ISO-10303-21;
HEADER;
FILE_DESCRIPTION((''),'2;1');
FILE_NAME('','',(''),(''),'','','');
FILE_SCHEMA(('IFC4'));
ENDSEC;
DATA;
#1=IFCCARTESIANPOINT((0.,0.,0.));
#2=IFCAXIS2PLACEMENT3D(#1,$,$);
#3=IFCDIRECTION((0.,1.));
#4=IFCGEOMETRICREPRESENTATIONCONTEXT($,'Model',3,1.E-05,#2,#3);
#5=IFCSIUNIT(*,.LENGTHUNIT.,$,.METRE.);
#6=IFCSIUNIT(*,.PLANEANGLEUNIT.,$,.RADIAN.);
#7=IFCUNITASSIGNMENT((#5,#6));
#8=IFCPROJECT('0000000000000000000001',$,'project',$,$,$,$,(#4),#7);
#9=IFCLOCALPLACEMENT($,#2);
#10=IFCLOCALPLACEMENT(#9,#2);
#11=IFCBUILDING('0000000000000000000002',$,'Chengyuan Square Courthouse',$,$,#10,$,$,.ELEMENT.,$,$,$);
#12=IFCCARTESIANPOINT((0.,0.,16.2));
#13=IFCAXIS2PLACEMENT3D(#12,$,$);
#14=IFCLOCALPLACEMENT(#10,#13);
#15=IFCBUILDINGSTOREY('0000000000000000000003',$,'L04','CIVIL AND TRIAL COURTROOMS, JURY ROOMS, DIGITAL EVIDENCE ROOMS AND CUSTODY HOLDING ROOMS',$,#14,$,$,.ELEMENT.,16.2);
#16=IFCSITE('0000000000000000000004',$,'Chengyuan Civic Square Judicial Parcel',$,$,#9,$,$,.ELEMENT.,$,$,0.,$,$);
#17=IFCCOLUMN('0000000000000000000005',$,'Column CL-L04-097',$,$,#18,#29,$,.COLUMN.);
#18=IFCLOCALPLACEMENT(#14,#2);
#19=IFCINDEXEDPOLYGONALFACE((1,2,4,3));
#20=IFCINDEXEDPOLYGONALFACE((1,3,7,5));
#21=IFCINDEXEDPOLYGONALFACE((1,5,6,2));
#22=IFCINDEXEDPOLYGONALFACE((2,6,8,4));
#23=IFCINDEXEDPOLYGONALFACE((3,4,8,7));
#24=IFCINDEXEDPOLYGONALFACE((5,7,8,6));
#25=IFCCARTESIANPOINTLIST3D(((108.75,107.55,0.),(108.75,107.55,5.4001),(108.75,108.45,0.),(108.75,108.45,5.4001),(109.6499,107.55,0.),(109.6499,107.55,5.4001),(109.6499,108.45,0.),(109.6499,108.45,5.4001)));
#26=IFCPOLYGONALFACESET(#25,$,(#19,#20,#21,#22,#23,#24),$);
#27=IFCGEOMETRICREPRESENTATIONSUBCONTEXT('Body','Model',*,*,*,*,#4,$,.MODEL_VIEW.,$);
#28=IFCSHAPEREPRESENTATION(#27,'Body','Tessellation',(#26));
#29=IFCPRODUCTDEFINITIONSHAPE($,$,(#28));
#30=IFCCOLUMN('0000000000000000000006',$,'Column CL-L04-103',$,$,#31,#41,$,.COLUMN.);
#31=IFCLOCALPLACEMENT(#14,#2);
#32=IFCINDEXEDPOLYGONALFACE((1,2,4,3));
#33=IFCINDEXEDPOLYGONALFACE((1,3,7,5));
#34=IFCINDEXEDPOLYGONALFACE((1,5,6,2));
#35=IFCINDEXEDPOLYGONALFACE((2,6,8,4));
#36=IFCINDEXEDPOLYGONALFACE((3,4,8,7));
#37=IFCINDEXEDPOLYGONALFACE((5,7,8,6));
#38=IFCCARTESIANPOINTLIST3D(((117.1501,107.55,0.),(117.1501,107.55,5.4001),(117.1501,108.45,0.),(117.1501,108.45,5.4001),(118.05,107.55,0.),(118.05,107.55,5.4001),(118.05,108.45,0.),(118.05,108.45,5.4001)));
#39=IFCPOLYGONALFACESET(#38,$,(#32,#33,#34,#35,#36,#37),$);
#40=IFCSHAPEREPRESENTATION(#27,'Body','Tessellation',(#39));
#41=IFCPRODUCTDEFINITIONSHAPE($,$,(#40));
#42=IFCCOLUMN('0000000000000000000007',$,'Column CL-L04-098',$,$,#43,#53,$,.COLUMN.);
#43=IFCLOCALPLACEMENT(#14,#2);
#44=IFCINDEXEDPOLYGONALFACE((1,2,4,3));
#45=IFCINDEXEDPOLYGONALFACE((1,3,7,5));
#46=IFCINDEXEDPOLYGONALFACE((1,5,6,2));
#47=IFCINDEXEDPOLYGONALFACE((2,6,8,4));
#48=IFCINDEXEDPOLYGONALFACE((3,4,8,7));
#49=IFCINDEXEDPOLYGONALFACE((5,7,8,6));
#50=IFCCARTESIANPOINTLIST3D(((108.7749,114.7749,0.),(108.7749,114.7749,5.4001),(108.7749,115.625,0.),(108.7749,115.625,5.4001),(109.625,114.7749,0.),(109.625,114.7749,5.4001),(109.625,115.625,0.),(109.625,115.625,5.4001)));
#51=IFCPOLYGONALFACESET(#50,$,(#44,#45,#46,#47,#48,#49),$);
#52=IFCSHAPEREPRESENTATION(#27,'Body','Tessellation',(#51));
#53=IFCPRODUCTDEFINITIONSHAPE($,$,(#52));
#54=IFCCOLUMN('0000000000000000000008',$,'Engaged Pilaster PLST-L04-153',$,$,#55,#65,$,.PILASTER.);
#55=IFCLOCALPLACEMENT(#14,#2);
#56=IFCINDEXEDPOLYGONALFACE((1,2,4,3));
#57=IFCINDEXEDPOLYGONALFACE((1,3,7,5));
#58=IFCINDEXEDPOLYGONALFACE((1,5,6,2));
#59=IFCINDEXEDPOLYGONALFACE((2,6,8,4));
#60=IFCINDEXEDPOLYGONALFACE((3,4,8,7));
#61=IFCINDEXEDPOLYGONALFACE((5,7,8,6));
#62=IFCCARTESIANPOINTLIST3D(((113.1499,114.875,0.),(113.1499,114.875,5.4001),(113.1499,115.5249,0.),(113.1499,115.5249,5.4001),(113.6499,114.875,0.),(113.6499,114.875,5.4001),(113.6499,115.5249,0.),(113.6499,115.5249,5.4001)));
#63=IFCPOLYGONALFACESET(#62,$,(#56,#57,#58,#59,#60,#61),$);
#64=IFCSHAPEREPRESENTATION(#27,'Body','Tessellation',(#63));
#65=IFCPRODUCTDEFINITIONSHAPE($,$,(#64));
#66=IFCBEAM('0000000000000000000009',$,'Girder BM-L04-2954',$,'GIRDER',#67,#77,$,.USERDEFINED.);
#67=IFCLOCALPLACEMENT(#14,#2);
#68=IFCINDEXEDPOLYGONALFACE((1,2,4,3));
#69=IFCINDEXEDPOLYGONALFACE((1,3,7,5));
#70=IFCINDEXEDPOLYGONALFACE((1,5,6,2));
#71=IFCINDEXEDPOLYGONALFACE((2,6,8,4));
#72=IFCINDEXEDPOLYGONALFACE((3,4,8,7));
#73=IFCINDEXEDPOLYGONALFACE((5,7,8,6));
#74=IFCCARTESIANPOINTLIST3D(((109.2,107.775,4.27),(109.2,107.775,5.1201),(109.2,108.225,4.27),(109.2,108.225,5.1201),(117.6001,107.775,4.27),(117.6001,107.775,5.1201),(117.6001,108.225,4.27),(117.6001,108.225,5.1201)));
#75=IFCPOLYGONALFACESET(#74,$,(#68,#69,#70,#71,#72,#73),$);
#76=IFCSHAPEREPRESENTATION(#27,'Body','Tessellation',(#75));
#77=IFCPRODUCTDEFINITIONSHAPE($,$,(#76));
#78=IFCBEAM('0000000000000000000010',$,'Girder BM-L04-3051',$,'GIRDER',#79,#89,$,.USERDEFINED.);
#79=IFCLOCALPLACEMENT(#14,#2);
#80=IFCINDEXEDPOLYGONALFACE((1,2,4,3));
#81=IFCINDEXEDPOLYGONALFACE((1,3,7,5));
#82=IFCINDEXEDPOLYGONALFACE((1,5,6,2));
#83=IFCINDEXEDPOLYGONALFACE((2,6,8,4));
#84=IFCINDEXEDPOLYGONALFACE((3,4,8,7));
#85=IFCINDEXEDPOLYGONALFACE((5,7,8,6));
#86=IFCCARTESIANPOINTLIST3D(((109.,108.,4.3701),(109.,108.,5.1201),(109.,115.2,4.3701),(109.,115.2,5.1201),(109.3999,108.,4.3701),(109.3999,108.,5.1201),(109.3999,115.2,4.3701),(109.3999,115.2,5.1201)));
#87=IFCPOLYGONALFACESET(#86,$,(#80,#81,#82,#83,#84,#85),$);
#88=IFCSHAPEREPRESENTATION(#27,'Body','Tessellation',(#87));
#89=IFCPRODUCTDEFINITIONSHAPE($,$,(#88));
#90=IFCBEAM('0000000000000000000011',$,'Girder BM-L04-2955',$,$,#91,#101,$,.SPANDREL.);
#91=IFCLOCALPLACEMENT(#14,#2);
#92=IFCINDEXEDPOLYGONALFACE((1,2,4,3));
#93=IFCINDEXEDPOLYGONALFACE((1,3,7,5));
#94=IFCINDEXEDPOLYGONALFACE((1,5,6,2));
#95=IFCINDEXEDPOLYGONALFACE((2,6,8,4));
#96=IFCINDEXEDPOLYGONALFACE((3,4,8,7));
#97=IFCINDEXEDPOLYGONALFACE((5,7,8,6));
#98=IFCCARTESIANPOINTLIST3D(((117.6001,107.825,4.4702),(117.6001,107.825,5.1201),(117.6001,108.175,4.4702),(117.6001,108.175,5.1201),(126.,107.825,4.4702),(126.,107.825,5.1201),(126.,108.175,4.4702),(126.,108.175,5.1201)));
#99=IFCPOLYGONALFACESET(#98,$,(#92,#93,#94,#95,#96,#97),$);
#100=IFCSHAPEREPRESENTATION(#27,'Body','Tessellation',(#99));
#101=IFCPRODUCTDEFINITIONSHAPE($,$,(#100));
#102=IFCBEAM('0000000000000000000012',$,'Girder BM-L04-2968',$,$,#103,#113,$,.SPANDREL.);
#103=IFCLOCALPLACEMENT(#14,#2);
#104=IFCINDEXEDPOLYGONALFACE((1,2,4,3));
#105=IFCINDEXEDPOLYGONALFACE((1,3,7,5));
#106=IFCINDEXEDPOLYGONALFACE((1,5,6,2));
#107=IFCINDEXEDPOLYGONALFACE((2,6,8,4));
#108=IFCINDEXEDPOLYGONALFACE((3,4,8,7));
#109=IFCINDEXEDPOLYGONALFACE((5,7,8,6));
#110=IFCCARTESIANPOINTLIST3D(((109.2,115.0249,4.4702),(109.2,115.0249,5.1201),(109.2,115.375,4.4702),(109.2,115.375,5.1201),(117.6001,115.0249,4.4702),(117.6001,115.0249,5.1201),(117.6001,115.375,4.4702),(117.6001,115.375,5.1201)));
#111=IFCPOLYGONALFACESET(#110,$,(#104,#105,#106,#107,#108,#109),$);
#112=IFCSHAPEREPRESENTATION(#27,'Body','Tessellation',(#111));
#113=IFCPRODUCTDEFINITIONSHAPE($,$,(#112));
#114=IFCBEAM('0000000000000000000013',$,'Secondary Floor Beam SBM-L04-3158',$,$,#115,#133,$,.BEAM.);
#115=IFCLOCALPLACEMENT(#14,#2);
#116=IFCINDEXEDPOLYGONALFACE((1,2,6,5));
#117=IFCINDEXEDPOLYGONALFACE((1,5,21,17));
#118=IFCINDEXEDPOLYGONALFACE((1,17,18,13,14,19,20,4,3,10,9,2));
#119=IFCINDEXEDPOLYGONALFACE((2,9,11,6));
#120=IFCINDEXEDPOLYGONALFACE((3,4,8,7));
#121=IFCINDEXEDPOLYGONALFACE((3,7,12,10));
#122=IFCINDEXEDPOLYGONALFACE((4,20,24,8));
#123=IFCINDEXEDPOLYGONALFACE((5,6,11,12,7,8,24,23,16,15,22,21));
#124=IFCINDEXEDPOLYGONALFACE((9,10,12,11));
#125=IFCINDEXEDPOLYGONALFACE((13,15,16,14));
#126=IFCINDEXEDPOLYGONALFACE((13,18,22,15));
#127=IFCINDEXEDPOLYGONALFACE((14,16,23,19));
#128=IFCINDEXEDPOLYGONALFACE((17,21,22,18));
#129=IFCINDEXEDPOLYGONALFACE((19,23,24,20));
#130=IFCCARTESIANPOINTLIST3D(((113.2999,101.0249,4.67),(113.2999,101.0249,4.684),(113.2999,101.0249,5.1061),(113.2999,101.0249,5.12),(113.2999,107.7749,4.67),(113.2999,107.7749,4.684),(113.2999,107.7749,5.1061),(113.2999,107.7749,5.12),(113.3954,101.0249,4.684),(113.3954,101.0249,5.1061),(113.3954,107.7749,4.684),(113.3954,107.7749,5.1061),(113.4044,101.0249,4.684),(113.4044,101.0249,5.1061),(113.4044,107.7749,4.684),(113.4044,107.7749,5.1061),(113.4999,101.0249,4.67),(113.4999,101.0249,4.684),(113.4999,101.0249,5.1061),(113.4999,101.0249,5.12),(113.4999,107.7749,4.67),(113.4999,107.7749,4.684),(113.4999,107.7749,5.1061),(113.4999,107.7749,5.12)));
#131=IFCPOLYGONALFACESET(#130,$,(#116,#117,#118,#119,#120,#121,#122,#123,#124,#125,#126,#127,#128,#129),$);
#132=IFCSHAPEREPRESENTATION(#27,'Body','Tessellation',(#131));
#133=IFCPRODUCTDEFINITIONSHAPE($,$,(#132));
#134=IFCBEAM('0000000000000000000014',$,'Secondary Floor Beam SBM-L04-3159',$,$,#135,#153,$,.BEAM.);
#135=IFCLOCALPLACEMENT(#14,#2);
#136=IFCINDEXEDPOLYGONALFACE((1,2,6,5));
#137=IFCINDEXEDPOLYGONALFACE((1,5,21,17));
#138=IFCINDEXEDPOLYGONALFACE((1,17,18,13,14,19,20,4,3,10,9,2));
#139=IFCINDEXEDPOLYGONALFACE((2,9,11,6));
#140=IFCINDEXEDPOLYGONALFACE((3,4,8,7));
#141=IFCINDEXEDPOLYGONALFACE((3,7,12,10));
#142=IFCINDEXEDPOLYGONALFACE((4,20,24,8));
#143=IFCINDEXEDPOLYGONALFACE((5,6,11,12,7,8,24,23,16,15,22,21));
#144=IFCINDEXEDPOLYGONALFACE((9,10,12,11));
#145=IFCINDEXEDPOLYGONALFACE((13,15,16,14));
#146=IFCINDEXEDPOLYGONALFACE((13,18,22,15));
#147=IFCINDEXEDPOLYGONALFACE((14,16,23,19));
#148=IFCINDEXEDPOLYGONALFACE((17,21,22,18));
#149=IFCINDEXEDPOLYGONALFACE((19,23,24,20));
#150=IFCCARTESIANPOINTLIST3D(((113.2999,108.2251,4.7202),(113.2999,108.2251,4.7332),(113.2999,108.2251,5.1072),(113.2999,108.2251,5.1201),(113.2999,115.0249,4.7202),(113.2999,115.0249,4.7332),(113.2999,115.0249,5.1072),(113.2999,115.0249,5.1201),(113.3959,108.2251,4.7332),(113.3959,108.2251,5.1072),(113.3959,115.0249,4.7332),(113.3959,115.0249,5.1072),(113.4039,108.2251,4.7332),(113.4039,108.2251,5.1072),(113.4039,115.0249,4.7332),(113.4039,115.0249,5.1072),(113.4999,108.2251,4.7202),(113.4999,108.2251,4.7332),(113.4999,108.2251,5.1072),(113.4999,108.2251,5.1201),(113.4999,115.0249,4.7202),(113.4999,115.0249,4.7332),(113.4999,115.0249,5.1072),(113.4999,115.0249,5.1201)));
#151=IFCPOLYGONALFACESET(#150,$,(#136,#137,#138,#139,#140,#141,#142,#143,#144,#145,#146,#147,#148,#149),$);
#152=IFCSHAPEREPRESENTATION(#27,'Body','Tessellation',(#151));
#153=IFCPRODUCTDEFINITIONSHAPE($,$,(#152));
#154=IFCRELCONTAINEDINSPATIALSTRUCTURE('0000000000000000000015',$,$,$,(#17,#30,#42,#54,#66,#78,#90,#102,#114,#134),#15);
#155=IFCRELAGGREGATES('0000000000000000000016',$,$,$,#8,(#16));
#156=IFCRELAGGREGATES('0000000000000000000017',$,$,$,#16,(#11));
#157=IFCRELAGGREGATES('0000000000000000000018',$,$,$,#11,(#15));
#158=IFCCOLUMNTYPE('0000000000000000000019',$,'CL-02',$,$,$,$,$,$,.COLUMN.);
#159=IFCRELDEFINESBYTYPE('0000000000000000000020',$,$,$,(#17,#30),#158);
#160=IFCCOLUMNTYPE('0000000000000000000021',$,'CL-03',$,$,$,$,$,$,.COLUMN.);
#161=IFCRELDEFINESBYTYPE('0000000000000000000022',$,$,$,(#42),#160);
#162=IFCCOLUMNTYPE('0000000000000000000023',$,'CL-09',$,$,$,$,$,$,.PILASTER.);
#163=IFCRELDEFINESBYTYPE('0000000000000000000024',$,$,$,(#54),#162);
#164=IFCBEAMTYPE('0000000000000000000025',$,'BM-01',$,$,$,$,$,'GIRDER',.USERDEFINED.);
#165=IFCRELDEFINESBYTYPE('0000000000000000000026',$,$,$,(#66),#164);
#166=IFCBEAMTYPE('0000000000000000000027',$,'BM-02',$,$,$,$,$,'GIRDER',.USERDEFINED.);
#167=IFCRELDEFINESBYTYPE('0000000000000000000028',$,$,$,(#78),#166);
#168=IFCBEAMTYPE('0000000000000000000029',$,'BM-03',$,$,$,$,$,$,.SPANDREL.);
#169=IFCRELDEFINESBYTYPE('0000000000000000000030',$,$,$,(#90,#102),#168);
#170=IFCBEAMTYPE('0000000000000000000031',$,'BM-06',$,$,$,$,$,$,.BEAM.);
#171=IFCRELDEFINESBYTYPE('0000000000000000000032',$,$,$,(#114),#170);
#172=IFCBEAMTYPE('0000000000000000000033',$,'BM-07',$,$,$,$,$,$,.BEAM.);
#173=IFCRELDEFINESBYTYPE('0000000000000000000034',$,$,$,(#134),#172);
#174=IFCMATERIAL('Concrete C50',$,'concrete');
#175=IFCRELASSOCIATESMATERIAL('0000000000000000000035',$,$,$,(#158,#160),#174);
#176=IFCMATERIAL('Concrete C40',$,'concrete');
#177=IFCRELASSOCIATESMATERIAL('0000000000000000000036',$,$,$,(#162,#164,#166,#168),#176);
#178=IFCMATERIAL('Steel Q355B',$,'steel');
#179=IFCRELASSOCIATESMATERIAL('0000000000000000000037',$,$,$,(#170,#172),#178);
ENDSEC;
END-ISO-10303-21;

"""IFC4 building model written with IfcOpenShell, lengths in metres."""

from ifc_helpers import new_model, si_unit, direction, frame, origin, origin_2d, place, context, subcontext, project, spatial, rectangle, i_section, extrude, material, material_profile, profile_set, type_object, element, save


model = new_model("IFC4")

# Units and contexts
model_context = context("Model", 3, precision=1e-05, world=origin(), true_north=direction((0.0, 1.0)))
body_context = subcontext(model_context, "Body", "Model", "MODEL_VIEW")
ifc_project = project(units=[si_unit("LENGTHUNIT", "METRE"), si_unit("PLANEANGLEUNIT", "RADIAN")], contexts=[model_context])

# Site, building, storey
site_placement = place(None, origin())
site = spatial("IfcSite", under=ifc_project, at=site_placement, Name="Chengyuan Civic Square Judicial Parcel", CompositionType="ELEMENT", RefElevation=0.0)
building_placement = place(site_placement, origin())
building = spatial("IfcBuilding", under=site, at=building_placement, Name="Chengyuan Square Courthouse", CompositionType="ELEMENT")
storey_placement = place(building_placement, frame((0.0, 0.0, 16.2)))
storey = spatial("IfcBuildingStorey", under=building, at=storey_placement, Name="L04", Description="CIVIL AND TRIAL COURTROOMS, JURY ROOMS, DIGITAL EVIDENCE ROOMS AND CUSTODY HOLDING ROOMS", CompositionType="ELEMENT", Elevation=16.2)

# Columns
ifc_material_1 = material(Name="Concrete C50", Category="concrete")
ifc_material_profile_1 = material_profile(ifc_material_1, rectangle(XDim=0.8999, YDim=0.8999, at=origin_2d()), Name="RC-COL-900x900")
ifc_profile_set_1 = profile_set([ifc_material_profile_1], Name="Concrete C50")
column_type_1 = type_object("IfcColumnType", Name="CL-02", PredefinedType="COLUMN", material=ifc_profile_set_1)
for number, where, z_axis, x_axis, name in (
    (1, (109.2, 108.0, 0.0), (0.0, 0.0, 1.0), (1.0, 0.0, 0.0), "Column CL-L04-097"),
    (2, (117.6001, 108.0, 0.0), (0.0, 0.0, 1.0), (1.0, 0.0, 0.0), "Column CL-L04-103"),
):
    element("IfcColumn", number, at=place(storey_placement, frame(where, z_axis=z_axis, x_axis=x_axis)), inside=storey, type_object=column_type_1, Name=name, PredefinedType="COLUMN", context=body_context, shape_type="SweptSolid", body=[
        extrude(rectangle(XDim=0.8999, YDim=0.8999, at=origin_2d()), origin(), (0.0, 0.0, 1.0), 5.4001),
    ])
ifc_material_profile_2 = material_profile(ifc_material_1, rectangle(XDim=0.8501, YDim=0.8501, at=origin_2d()), Name="RC-COL-850x850")
ifc_profile_set_2 = profile_set([ifc_material_profile_2], Name="Concrete C50")
column_type_2 = type_object("IfcColumnType", Name="CL-03", PredefinedType="COLUMN", material=ifc_profile_set_2)
column_1_placement = place(storey_placement, frame((109.2, 115.2, 0.0), z_axis=(0.0, 0.0, 1.0), x_axis=(1.0, 0.0, 0.0)))
element("IfcColumn", 3, at=column_1_placement, inside=storey, type_object=column_type_2, Name="Column CL-L04-098", PredefinedType="COLUMN", context=body_context, shape_type="SweptSolid", body=[
    extrude(rectangle(XDim=0.8501, YDim=0.8501, at=origin_2d()), origin(), (0.0, 0.0, 1.0), 5.4001),
])
ifc_material_2 = material(Name="Concrete C40", Category="concrete")
ifc_material_profile_3 = material_profile(ifc_material_2, rectangle(XDim=0.5, YDim=0.6499, at=origin_2d()), Name="RC-PIL-500x650")
ifc_profile_set_3 = profile_set([ifc_material_profile_3], Name="Concrete C40")
column_type_3 = type_object("IfcColumnType", Name="CL-09", PredefinedType="PILASTER", material=ifc_profile_set_3)
column_2_placement = place(storey_placement, frame((113.3999, 115.2, 0.0), z_axis=(0.0, 0.0, 1.0), x_axis=(1.0, 0.0, 0.0)))
element("IfcColumn", 4, at=column_2_placement, inside=storey, type_object=column_type_3, Name="Engaged Pilaster PLST-L04-153", PredefinedType="PILASTER", context=body_context, shape_type="SweptSolid", body=[
    extrude(rectangle(XDim=0.5, YDim=0.6499, at=origin_2d()), origin(), (0.0, 0.0, 1.0), 5.4001),
])

# Beams
ifc_material_profile_4 = material_profile(ifc_material_2, rectangle(XDim=0.45, YDim=0.8501, at=origin_2d()), Name="RC-BM-450x850")
ifc_profile_set_4 = profile_set([ifc_material_profile_4], Name="Concrete C40")
beam_type_1 = type_object("IfcBeamType", Name="BM-01", ElementType="GIRDER", PredefinedType="USERDEFINED", material=ifc_profile_set_4)
beam_1_placement = place(storey_placement, frame((109.2, 108.0, 4.6951), z_axis=(1.0, 0.0, 0.0), x_axis=(0.0, 1.0, 0.0)))
element("IfcBeam", 5, at=beam_1_placement, inside=storey, type_object=beam_type_1, Name="Girder BM-L04-2954", ObjectType="GIRDER", PredefinedType="USERDEFINED", context=body_context, shape_type="SweptSolid", body=[
    extrude(rectangle(XDim=0.45, YDim=0.8501, at=origin_2d()), origin(), (0.0, 0.0, 1.0), 8.4001),
])
ifc_material_profile_5 = material_profile(ifc_material_2, rectangle(XDim=0.3999, YDim=0.75, at=origin_2d()), Name="RC-BM-400x750")
ifc_profile_set_5 = profile_set([ifc_material_profile_5], Name="Concrete C40")
beam_type_2 = type_object("IfcBeamType", Name="BM-02", ElementType="GIRDER", PredefinedType="USERDEFINED", material=ifc_profile_set_5)
beam_2_placement = place(storey_placement, frame((109.2, 108.0, 4.7451), z_axis=(0.0, 1.0, 0.0), x_axis=(-1.0, 0.0, 0.0)))
element("IfcBeam", 6, at=beam_2_placement, inside=storey, type_object=beam_type_2, Name="Girder BM-L04-3051", ObjectType="GIRDER", PredefinedType="USERDEFINED", context=body_context, shape_type="SweptSolid", body=[
    extrude(rectangle(XDim=0.3999, YDim=0.75, at=origin_2d()), origin(), (0.0, 0.0, 1.0), 7.2),
])
ifc_material_profile_6 = material_profile(ifc_material_2, rectangle(XDim=0.3501, YDim=0.6499, at=origin_2d()), Name="RC-BM-350x650")
ifc_profile_set_6 = profile_set([ifc_material_profile_6], Name="Concrete C40")
beam_type_3 = type_object("IfcBeamType", Name="BM-03", PredefinedType="SPANDREL", material=ifc_profile_set_6)
beam_3_placement = place(storey_placement, frame((117.6001, 108.0, 4.7952), z_axis=(1.0, 0.0, 0.0), x_axis=(0.0, 1.0, 0.0)))
element("IfcBeam", 7, at=beam_3_placement, inside=storey, type_object=beam_type_3, Name="Girder BM-L04-2955", PredefinedType="SPANDREL", context=body_context, shape_type="SweptSolid", body=[
    extrude(rectangle(XDim=0.3501, YDim=0.6499, at=origin_2d()), origin(), (0.0, 0.0, 1.0), 8.3999),
])
beam_4_placement = place(storey_placement, frame((109.2, 115.2, 4.7952), z_axis=(1.0, 0.0, 0.0), x_axis=(0.0, 1.0, 0.0)))
element("IfcBeam", 8, at=beam_4_placement, inside=storey, type_object=beam_type_3, Name="Girder BM-L04-2968", PredefinedType="SPANDREL", context=body_context, shape_type="SweptSolid", body=[
    extrude(rectangle(XDim=0.3501, YDim=0.6499, at=origin_2d()), origin(), (0.0, 0.0, 1.0), 8.4001),
])
ifc_material_3 = material(Name="Steel Q355B", Category="steel")
ifc_material_profile_7 = material_profile(ifc_material_3, i_section(OverallWidth=0.2, OverallDepth=0.45, WebThickness=0.009, FlangeThickness=0.0139, at=origin_2d()), Name="HN 450x200x9x14")
ifc_profile_set_7 = profile_set([ifc_material_profile_7], Name="Steel Q355B")
beam_type_4 = type_object("IfcBeamType", Name="BM-06", PredefinedType="BEAM", material=ifc_profile_set_7)
beam_5_placement = place(storey_placement, frame((113.3999, 101.0249, 4.895), z_axis=(0.0, 1.0, 0.0), x_axis=(-1.0, 0.0, 0.0)))
element("IfcBeam", 9, at=beam_5_placement, inside=storey, type_object=beam_type_4, Name="Secondary Floor Beam SBM-L04-3158", PredefinedType="BEAM", context=body_context, shape_type="SweptSolid", body=[
    extrude(i_section(OverallWidth=0.2, OverallDepth=0.45, WebThickness=0.009, FlangeThickness=0.0139, at=origin_2d()), origin(), (0.0, 0.0, 1.0), 6.75),
])
ifc_material_profile_8 = material_profile(ifc_material_3, i_section(OverallWidth=0.2, OverallDepth=0.3999, WebThickness=0.0081, FlangeThickness=0.0129, at=origin_2d()), Name="HN 400x200x8x13")
ifc_profile_set_8 = profile_set([ifc_material_profile_8], Name="Steel Q355B")
beam_type_5 = type_object("IfcBeamType", Name="BM-07", PredefinedType="BEAM", material=ifc_profile_set_8)
beam_6_placement = place(storey_placement, frame((113.3999, 108.2251, 4.9202), z_axis=(0.0, 1.0, 0.0), x_axis=(-1.0, 0.0, 0.0)))
element("IfcBeam", 10, at=beam_6_placement, inside=storey, type_object=beam_type_5, Name="Secondary Floor Beam SBM-L04-3159", PredefinedType="BEAM", context=body_context, shape_type="SweptSolid", body=[
    extrude(i_section(OverallWidth=0.2, OverallDepth=0.3999, WebThickness=0.0081, FlangeThickness=0.0129, at=origin_2d()), origin(), (0.0, 0.0, 1.0), 6.7998),
])

save(model, "model.ifc")
